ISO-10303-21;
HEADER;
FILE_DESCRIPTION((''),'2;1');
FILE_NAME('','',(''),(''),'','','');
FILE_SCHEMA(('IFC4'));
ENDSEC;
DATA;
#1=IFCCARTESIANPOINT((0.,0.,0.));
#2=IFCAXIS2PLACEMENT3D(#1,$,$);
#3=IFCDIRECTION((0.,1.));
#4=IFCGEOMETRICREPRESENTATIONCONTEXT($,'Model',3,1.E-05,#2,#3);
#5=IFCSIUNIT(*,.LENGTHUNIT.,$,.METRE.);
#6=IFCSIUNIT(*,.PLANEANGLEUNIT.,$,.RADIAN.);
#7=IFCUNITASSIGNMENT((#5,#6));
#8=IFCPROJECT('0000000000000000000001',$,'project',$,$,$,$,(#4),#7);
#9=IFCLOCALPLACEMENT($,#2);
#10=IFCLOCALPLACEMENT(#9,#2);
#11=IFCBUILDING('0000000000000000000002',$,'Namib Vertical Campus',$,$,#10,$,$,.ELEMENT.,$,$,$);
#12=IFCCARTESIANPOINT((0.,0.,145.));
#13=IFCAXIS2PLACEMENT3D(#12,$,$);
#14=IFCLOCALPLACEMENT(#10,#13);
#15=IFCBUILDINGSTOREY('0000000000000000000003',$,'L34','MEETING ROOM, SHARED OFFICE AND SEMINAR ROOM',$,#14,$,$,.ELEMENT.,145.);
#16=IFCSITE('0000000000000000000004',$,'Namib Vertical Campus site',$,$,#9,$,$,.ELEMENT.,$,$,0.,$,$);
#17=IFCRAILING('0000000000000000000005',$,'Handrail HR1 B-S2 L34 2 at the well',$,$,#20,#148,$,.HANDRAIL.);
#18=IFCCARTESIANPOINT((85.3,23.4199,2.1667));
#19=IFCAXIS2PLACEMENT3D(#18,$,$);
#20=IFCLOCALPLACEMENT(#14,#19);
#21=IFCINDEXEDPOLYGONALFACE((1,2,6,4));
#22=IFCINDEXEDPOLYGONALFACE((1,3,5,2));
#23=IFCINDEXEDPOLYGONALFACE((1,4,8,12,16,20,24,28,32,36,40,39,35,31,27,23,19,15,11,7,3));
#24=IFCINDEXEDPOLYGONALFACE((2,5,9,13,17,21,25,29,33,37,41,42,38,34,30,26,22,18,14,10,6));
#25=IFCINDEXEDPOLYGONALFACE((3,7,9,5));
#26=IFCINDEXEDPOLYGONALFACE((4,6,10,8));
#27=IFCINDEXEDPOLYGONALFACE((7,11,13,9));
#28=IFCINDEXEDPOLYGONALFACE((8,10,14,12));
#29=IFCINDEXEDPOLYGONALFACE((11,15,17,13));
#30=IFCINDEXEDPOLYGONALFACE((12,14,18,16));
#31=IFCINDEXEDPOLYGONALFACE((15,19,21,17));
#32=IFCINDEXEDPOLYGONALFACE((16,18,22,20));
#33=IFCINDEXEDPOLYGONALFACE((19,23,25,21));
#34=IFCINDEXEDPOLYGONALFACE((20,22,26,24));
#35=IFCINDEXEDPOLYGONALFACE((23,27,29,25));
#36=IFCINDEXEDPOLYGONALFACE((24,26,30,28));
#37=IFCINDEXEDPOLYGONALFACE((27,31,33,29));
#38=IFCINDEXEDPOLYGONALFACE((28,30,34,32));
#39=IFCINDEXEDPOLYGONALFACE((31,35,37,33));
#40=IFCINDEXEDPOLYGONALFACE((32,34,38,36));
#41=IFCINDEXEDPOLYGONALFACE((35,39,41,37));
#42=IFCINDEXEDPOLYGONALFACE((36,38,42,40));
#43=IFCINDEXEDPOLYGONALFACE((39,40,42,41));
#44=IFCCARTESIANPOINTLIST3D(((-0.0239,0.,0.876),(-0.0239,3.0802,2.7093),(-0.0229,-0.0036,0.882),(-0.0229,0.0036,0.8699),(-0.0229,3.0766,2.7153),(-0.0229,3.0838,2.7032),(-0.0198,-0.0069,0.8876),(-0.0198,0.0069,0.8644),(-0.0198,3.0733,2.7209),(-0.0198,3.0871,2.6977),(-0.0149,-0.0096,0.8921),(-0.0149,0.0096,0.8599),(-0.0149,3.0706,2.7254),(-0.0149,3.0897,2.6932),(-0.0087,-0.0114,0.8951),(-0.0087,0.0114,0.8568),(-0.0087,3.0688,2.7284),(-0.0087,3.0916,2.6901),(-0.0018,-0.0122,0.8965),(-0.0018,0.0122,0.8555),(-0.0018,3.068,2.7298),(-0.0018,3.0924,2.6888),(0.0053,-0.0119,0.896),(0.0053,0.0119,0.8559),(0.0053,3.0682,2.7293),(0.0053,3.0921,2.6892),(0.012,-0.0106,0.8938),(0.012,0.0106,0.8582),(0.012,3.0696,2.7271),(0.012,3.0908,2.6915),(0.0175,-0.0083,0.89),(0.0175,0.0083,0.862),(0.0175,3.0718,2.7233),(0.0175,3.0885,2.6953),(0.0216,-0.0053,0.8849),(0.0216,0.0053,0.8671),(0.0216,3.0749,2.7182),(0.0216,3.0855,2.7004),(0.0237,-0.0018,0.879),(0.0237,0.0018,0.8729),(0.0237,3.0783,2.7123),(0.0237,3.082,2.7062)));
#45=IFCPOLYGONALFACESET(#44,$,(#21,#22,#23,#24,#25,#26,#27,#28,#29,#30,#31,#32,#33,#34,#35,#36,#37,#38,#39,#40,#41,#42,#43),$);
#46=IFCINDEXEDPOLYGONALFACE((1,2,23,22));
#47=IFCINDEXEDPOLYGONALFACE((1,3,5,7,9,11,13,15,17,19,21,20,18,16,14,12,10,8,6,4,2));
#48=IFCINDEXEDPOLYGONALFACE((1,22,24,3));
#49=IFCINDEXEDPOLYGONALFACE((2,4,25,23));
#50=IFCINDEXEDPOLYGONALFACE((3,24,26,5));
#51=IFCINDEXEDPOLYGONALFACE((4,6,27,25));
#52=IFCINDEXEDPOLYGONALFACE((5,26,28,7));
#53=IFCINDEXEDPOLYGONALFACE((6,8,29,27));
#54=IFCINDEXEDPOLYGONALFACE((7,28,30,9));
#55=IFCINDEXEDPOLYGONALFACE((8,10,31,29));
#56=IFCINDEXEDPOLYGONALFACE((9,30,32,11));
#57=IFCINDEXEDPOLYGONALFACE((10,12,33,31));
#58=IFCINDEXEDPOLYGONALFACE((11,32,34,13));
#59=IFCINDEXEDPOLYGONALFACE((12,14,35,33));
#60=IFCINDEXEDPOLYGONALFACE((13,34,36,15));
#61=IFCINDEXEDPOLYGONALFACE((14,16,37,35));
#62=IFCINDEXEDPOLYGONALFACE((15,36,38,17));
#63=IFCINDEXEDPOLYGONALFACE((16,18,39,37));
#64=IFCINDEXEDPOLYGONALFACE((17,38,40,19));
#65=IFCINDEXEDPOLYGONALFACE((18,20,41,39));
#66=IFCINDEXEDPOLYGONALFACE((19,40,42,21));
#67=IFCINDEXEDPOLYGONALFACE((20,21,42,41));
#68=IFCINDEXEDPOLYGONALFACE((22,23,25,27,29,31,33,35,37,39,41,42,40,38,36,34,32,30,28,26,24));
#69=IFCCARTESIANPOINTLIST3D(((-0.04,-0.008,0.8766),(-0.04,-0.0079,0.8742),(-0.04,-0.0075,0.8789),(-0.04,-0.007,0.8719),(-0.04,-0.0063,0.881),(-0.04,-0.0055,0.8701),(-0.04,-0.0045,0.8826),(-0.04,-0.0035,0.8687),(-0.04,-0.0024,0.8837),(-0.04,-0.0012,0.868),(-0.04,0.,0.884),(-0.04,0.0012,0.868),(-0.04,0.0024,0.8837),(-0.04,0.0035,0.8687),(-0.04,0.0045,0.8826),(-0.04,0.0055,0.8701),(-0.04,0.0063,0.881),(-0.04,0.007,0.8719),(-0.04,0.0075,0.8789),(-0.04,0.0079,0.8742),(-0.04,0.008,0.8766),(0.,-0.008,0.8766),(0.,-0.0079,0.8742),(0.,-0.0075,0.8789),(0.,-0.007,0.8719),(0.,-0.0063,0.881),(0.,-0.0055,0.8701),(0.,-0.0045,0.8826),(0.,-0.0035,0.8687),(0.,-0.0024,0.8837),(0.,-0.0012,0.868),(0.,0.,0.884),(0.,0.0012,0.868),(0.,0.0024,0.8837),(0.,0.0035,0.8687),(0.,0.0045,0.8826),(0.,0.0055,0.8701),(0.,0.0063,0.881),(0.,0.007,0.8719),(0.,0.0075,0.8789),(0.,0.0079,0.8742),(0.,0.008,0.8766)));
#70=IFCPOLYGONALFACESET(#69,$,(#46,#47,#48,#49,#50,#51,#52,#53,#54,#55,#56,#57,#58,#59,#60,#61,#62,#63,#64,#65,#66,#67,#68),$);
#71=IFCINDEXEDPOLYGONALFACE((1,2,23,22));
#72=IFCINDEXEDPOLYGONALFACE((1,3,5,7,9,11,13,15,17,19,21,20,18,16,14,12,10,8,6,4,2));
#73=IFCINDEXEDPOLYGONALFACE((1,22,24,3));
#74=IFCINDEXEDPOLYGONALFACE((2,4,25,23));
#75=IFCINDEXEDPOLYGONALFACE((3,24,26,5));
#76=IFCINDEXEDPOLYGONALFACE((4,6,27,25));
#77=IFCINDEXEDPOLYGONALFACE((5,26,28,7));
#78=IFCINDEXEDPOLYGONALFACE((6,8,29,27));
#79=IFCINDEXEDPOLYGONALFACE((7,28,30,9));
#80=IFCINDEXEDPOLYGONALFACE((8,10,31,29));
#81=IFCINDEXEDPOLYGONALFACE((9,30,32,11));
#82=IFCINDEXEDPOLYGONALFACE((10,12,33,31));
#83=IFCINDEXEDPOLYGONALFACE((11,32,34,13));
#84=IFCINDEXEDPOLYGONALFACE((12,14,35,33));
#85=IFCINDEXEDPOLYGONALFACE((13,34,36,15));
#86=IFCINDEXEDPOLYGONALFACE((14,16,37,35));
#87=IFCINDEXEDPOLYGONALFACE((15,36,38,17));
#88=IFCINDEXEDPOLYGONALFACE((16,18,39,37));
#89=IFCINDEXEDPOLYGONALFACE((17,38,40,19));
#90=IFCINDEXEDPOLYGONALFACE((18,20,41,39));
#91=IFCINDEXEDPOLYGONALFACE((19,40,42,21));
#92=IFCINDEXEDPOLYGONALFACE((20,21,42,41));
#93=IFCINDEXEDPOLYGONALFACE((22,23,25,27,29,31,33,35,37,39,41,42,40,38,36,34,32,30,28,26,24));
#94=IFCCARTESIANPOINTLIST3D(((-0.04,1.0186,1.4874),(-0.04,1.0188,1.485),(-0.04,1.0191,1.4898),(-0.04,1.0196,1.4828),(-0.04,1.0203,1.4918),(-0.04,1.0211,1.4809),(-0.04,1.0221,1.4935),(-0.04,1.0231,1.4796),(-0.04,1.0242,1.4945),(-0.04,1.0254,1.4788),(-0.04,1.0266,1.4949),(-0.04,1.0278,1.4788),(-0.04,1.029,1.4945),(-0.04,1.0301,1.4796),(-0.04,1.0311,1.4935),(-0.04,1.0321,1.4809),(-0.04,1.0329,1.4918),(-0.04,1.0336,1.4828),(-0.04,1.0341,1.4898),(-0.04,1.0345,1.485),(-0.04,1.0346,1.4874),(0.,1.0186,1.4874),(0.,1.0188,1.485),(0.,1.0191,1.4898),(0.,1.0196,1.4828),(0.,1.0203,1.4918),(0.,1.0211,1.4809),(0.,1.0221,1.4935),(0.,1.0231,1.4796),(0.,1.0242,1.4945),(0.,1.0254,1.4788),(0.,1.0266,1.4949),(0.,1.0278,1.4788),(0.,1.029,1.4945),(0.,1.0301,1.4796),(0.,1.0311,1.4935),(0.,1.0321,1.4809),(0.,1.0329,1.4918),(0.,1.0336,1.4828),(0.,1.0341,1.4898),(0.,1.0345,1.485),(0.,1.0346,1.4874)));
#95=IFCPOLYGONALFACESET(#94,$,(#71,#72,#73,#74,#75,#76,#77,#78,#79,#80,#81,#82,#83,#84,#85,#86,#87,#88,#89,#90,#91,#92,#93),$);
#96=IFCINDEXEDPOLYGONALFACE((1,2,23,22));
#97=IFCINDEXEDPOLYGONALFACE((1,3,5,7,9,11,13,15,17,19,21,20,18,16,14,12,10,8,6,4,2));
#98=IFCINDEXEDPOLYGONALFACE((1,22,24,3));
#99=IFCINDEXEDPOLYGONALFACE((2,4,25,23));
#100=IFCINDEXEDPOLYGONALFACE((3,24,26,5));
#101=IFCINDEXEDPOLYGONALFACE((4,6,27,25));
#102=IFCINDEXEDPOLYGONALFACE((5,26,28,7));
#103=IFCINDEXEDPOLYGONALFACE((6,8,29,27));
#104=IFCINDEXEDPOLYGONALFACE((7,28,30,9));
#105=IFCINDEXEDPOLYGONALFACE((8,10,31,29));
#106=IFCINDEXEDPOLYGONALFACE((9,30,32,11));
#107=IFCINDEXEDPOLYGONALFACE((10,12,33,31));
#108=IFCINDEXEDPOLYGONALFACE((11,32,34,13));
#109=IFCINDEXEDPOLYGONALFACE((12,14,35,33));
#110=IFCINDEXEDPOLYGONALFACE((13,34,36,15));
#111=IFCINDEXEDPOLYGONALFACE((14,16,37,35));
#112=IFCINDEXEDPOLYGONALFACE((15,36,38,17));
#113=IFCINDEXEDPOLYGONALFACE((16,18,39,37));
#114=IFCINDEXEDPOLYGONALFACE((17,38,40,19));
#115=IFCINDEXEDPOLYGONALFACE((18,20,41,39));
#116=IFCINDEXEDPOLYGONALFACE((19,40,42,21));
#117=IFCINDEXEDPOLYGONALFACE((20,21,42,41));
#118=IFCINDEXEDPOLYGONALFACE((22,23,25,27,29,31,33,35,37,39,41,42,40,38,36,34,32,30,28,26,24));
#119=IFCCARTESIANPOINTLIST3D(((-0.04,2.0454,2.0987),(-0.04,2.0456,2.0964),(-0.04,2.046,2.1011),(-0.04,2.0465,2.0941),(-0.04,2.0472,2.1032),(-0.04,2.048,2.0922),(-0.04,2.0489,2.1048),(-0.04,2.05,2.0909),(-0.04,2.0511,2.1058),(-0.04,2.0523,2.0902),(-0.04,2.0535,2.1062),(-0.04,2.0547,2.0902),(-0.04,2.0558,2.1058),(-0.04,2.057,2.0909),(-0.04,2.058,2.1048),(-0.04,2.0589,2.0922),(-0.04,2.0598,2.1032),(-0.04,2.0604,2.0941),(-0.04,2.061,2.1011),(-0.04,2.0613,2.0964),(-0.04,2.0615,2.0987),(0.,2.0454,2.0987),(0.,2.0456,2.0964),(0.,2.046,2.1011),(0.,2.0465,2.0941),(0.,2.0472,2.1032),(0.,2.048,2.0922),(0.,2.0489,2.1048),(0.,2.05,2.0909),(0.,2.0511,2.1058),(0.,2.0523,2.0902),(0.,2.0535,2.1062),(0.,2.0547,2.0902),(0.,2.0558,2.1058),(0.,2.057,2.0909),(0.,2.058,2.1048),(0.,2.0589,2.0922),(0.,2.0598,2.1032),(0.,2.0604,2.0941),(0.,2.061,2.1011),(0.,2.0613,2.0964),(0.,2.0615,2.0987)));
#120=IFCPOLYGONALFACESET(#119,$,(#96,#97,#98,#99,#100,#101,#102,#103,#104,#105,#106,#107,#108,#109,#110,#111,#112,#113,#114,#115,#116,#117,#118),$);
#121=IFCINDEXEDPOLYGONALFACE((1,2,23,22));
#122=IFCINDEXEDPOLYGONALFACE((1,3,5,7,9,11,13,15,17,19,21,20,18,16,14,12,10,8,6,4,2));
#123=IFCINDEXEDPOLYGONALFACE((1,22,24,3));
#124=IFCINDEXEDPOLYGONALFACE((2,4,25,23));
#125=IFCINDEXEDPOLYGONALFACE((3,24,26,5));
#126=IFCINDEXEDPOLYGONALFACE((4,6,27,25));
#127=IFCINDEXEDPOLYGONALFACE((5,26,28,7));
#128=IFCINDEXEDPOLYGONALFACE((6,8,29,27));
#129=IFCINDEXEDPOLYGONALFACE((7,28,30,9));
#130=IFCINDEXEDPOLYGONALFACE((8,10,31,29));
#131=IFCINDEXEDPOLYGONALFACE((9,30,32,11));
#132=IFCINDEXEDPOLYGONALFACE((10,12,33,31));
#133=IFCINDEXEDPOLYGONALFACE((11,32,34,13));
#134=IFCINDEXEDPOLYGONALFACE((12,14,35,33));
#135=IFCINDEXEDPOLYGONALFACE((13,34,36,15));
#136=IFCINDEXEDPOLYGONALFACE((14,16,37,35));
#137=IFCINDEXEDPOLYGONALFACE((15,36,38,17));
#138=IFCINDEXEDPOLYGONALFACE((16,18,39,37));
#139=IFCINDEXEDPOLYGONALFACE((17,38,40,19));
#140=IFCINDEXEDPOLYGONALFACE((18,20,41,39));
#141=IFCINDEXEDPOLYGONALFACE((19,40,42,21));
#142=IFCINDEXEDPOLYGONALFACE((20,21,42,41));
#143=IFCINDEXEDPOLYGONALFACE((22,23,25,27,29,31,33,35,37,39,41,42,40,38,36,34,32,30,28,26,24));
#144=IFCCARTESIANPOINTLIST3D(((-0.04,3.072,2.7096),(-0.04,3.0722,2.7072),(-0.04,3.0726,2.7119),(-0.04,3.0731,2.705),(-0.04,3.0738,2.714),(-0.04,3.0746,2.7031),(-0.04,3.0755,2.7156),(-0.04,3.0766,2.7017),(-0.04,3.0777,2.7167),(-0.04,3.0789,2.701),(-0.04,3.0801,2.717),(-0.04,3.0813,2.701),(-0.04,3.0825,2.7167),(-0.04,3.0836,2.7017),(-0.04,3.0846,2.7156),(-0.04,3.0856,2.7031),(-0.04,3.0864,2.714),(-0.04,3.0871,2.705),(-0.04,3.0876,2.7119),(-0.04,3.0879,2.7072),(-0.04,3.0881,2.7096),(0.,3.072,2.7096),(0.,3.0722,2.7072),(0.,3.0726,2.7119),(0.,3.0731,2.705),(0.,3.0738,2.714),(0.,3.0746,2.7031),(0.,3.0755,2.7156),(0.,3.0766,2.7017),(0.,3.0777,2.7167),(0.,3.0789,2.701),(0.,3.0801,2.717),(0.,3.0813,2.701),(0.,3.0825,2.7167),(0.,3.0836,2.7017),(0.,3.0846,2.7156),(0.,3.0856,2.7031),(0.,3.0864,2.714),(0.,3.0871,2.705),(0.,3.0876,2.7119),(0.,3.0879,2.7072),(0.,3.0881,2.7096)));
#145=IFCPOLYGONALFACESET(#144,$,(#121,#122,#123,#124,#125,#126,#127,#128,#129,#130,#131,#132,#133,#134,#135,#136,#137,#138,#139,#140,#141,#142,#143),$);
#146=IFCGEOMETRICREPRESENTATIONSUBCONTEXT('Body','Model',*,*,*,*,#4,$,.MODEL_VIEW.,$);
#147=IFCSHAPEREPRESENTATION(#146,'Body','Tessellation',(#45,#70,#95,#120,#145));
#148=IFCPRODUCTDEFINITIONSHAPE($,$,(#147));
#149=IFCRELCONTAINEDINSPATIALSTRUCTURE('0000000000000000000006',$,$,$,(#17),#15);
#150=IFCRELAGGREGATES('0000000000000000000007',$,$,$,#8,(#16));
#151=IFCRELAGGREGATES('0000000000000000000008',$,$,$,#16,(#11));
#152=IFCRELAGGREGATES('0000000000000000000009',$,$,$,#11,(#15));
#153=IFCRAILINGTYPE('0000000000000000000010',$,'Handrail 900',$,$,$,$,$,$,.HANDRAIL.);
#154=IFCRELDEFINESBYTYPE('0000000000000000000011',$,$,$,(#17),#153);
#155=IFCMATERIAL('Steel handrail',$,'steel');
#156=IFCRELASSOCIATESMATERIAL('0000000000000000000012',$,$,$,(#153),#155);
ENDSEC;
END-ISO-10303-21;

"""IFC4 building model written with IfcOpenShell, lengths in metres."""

from ifc_helpers import new_model, si_unit, direction, frame, origin, origin_2d, place, context, subcontext, project, spatial, circle, extrude, material, type_object, element, save


model = new_model("IFC4")

# Units and contexts
model_context = context("Model", 3, precision=1e-05, world=origin(), true_north=direction((0.0, 1.0)))
body_context = subcontext(model_context, "Body", "Model", "MODEL_VIEW")
ifc_project = project(units=[si_unit("LENGTHUNIT", "METRE"), si_unit("PLANEANGLEUNIT", "RADIAN")], contexts=[model_context])

# Site, building, storey
site_placement = place(None, origin())
site = spatial("IfcSite", under=ifc_project, at=site_placement, Name="Namib Vertical Campus site", CompositionType="ELEMENT", RefElevation=0.0)
building_placement = place(site_placement, origin())
building = spatial("IfcBuilding", under=site, at=building_placement, Name="Namib Vertical Campus", CompositionType="ELEMENT")
storey_placement = place(building_placement, frame((0.0, 0.0, 145.0)))
storey = spatial("IfcBuildingStorey", under=building, at=storey_placement, Name="L34", Description="MEETING ROOM, SHARED OFFICE AND SEMINAR ROOM", CompositionType="ELEMENT", Elevation=145.0)

# Railing
ifc_material_1 = material(Name="Steel handrail", Category="steel")
railing_type_1 = type_object("IfcRailingType", Name="Handrail 900", PredefinedType="HANDRAIL", material=ifc_material_1)
railing_1_placement = place(storey_placement, frame((85.3, 23.4199, 2.1667)))
element("IfcRailing", 1, at=railing_1_placement, inside=storey, type_object=railing_type_1, Name="Handrail HR1 B-S2 L34 2 at the well", PredefinedType="HANDRAIL", context=body_context, shape_type="SweptSolid", body=[
    extrude(circle(Radius=0.0239, at=origin_2d()), frame((0.0, 0.0, 0.876), z_axis=(0.0, 0.859309, 0.511458), x_axis=(-1.0, 0.0, 0.0)), (0.0, 0.0, 1.0), 3.5845),
    extrude(circle(Radius=0.0081, at=origin_2d()), frame((0.0, 0.0, 0.876), z_axis=(-1.0, 0.0, 0.0), x_axis=(0.0, 0.0, 1.0)), (0.0, 0.0, 1.0), 0.04),
    extrude(circle(Radius=0.0081, at=origin_2d()), frame((0.0, 1.0266, 1.4868), z_axis=(-1.0, 0.0, 0.0), x_axis=(0.0, 0.0, 1.0)), (0.0, 0.0, 1.0), 0.04),
    extrude(circle(Radius=0.0081, at=origin_2d()), frame((0.0, 2.0535, 2.0981), z_axis=(-1.0, 0.0, 0.0), x_axis=(0.0, 0.0, 1.0)), (0.0, 0.0, 1.0), 0.04),
    extrude(circle(Radius=0.0081, at=origin_2d()), frame((0.0, 3.0801, 2.709), z_axis=(-1.0, 0.0, 0.0), x_axis=(0.0, 0.0, 1.0)), (0.0, 0.0, 1.0), 0.04),
])

save(model, "model.ifc")
